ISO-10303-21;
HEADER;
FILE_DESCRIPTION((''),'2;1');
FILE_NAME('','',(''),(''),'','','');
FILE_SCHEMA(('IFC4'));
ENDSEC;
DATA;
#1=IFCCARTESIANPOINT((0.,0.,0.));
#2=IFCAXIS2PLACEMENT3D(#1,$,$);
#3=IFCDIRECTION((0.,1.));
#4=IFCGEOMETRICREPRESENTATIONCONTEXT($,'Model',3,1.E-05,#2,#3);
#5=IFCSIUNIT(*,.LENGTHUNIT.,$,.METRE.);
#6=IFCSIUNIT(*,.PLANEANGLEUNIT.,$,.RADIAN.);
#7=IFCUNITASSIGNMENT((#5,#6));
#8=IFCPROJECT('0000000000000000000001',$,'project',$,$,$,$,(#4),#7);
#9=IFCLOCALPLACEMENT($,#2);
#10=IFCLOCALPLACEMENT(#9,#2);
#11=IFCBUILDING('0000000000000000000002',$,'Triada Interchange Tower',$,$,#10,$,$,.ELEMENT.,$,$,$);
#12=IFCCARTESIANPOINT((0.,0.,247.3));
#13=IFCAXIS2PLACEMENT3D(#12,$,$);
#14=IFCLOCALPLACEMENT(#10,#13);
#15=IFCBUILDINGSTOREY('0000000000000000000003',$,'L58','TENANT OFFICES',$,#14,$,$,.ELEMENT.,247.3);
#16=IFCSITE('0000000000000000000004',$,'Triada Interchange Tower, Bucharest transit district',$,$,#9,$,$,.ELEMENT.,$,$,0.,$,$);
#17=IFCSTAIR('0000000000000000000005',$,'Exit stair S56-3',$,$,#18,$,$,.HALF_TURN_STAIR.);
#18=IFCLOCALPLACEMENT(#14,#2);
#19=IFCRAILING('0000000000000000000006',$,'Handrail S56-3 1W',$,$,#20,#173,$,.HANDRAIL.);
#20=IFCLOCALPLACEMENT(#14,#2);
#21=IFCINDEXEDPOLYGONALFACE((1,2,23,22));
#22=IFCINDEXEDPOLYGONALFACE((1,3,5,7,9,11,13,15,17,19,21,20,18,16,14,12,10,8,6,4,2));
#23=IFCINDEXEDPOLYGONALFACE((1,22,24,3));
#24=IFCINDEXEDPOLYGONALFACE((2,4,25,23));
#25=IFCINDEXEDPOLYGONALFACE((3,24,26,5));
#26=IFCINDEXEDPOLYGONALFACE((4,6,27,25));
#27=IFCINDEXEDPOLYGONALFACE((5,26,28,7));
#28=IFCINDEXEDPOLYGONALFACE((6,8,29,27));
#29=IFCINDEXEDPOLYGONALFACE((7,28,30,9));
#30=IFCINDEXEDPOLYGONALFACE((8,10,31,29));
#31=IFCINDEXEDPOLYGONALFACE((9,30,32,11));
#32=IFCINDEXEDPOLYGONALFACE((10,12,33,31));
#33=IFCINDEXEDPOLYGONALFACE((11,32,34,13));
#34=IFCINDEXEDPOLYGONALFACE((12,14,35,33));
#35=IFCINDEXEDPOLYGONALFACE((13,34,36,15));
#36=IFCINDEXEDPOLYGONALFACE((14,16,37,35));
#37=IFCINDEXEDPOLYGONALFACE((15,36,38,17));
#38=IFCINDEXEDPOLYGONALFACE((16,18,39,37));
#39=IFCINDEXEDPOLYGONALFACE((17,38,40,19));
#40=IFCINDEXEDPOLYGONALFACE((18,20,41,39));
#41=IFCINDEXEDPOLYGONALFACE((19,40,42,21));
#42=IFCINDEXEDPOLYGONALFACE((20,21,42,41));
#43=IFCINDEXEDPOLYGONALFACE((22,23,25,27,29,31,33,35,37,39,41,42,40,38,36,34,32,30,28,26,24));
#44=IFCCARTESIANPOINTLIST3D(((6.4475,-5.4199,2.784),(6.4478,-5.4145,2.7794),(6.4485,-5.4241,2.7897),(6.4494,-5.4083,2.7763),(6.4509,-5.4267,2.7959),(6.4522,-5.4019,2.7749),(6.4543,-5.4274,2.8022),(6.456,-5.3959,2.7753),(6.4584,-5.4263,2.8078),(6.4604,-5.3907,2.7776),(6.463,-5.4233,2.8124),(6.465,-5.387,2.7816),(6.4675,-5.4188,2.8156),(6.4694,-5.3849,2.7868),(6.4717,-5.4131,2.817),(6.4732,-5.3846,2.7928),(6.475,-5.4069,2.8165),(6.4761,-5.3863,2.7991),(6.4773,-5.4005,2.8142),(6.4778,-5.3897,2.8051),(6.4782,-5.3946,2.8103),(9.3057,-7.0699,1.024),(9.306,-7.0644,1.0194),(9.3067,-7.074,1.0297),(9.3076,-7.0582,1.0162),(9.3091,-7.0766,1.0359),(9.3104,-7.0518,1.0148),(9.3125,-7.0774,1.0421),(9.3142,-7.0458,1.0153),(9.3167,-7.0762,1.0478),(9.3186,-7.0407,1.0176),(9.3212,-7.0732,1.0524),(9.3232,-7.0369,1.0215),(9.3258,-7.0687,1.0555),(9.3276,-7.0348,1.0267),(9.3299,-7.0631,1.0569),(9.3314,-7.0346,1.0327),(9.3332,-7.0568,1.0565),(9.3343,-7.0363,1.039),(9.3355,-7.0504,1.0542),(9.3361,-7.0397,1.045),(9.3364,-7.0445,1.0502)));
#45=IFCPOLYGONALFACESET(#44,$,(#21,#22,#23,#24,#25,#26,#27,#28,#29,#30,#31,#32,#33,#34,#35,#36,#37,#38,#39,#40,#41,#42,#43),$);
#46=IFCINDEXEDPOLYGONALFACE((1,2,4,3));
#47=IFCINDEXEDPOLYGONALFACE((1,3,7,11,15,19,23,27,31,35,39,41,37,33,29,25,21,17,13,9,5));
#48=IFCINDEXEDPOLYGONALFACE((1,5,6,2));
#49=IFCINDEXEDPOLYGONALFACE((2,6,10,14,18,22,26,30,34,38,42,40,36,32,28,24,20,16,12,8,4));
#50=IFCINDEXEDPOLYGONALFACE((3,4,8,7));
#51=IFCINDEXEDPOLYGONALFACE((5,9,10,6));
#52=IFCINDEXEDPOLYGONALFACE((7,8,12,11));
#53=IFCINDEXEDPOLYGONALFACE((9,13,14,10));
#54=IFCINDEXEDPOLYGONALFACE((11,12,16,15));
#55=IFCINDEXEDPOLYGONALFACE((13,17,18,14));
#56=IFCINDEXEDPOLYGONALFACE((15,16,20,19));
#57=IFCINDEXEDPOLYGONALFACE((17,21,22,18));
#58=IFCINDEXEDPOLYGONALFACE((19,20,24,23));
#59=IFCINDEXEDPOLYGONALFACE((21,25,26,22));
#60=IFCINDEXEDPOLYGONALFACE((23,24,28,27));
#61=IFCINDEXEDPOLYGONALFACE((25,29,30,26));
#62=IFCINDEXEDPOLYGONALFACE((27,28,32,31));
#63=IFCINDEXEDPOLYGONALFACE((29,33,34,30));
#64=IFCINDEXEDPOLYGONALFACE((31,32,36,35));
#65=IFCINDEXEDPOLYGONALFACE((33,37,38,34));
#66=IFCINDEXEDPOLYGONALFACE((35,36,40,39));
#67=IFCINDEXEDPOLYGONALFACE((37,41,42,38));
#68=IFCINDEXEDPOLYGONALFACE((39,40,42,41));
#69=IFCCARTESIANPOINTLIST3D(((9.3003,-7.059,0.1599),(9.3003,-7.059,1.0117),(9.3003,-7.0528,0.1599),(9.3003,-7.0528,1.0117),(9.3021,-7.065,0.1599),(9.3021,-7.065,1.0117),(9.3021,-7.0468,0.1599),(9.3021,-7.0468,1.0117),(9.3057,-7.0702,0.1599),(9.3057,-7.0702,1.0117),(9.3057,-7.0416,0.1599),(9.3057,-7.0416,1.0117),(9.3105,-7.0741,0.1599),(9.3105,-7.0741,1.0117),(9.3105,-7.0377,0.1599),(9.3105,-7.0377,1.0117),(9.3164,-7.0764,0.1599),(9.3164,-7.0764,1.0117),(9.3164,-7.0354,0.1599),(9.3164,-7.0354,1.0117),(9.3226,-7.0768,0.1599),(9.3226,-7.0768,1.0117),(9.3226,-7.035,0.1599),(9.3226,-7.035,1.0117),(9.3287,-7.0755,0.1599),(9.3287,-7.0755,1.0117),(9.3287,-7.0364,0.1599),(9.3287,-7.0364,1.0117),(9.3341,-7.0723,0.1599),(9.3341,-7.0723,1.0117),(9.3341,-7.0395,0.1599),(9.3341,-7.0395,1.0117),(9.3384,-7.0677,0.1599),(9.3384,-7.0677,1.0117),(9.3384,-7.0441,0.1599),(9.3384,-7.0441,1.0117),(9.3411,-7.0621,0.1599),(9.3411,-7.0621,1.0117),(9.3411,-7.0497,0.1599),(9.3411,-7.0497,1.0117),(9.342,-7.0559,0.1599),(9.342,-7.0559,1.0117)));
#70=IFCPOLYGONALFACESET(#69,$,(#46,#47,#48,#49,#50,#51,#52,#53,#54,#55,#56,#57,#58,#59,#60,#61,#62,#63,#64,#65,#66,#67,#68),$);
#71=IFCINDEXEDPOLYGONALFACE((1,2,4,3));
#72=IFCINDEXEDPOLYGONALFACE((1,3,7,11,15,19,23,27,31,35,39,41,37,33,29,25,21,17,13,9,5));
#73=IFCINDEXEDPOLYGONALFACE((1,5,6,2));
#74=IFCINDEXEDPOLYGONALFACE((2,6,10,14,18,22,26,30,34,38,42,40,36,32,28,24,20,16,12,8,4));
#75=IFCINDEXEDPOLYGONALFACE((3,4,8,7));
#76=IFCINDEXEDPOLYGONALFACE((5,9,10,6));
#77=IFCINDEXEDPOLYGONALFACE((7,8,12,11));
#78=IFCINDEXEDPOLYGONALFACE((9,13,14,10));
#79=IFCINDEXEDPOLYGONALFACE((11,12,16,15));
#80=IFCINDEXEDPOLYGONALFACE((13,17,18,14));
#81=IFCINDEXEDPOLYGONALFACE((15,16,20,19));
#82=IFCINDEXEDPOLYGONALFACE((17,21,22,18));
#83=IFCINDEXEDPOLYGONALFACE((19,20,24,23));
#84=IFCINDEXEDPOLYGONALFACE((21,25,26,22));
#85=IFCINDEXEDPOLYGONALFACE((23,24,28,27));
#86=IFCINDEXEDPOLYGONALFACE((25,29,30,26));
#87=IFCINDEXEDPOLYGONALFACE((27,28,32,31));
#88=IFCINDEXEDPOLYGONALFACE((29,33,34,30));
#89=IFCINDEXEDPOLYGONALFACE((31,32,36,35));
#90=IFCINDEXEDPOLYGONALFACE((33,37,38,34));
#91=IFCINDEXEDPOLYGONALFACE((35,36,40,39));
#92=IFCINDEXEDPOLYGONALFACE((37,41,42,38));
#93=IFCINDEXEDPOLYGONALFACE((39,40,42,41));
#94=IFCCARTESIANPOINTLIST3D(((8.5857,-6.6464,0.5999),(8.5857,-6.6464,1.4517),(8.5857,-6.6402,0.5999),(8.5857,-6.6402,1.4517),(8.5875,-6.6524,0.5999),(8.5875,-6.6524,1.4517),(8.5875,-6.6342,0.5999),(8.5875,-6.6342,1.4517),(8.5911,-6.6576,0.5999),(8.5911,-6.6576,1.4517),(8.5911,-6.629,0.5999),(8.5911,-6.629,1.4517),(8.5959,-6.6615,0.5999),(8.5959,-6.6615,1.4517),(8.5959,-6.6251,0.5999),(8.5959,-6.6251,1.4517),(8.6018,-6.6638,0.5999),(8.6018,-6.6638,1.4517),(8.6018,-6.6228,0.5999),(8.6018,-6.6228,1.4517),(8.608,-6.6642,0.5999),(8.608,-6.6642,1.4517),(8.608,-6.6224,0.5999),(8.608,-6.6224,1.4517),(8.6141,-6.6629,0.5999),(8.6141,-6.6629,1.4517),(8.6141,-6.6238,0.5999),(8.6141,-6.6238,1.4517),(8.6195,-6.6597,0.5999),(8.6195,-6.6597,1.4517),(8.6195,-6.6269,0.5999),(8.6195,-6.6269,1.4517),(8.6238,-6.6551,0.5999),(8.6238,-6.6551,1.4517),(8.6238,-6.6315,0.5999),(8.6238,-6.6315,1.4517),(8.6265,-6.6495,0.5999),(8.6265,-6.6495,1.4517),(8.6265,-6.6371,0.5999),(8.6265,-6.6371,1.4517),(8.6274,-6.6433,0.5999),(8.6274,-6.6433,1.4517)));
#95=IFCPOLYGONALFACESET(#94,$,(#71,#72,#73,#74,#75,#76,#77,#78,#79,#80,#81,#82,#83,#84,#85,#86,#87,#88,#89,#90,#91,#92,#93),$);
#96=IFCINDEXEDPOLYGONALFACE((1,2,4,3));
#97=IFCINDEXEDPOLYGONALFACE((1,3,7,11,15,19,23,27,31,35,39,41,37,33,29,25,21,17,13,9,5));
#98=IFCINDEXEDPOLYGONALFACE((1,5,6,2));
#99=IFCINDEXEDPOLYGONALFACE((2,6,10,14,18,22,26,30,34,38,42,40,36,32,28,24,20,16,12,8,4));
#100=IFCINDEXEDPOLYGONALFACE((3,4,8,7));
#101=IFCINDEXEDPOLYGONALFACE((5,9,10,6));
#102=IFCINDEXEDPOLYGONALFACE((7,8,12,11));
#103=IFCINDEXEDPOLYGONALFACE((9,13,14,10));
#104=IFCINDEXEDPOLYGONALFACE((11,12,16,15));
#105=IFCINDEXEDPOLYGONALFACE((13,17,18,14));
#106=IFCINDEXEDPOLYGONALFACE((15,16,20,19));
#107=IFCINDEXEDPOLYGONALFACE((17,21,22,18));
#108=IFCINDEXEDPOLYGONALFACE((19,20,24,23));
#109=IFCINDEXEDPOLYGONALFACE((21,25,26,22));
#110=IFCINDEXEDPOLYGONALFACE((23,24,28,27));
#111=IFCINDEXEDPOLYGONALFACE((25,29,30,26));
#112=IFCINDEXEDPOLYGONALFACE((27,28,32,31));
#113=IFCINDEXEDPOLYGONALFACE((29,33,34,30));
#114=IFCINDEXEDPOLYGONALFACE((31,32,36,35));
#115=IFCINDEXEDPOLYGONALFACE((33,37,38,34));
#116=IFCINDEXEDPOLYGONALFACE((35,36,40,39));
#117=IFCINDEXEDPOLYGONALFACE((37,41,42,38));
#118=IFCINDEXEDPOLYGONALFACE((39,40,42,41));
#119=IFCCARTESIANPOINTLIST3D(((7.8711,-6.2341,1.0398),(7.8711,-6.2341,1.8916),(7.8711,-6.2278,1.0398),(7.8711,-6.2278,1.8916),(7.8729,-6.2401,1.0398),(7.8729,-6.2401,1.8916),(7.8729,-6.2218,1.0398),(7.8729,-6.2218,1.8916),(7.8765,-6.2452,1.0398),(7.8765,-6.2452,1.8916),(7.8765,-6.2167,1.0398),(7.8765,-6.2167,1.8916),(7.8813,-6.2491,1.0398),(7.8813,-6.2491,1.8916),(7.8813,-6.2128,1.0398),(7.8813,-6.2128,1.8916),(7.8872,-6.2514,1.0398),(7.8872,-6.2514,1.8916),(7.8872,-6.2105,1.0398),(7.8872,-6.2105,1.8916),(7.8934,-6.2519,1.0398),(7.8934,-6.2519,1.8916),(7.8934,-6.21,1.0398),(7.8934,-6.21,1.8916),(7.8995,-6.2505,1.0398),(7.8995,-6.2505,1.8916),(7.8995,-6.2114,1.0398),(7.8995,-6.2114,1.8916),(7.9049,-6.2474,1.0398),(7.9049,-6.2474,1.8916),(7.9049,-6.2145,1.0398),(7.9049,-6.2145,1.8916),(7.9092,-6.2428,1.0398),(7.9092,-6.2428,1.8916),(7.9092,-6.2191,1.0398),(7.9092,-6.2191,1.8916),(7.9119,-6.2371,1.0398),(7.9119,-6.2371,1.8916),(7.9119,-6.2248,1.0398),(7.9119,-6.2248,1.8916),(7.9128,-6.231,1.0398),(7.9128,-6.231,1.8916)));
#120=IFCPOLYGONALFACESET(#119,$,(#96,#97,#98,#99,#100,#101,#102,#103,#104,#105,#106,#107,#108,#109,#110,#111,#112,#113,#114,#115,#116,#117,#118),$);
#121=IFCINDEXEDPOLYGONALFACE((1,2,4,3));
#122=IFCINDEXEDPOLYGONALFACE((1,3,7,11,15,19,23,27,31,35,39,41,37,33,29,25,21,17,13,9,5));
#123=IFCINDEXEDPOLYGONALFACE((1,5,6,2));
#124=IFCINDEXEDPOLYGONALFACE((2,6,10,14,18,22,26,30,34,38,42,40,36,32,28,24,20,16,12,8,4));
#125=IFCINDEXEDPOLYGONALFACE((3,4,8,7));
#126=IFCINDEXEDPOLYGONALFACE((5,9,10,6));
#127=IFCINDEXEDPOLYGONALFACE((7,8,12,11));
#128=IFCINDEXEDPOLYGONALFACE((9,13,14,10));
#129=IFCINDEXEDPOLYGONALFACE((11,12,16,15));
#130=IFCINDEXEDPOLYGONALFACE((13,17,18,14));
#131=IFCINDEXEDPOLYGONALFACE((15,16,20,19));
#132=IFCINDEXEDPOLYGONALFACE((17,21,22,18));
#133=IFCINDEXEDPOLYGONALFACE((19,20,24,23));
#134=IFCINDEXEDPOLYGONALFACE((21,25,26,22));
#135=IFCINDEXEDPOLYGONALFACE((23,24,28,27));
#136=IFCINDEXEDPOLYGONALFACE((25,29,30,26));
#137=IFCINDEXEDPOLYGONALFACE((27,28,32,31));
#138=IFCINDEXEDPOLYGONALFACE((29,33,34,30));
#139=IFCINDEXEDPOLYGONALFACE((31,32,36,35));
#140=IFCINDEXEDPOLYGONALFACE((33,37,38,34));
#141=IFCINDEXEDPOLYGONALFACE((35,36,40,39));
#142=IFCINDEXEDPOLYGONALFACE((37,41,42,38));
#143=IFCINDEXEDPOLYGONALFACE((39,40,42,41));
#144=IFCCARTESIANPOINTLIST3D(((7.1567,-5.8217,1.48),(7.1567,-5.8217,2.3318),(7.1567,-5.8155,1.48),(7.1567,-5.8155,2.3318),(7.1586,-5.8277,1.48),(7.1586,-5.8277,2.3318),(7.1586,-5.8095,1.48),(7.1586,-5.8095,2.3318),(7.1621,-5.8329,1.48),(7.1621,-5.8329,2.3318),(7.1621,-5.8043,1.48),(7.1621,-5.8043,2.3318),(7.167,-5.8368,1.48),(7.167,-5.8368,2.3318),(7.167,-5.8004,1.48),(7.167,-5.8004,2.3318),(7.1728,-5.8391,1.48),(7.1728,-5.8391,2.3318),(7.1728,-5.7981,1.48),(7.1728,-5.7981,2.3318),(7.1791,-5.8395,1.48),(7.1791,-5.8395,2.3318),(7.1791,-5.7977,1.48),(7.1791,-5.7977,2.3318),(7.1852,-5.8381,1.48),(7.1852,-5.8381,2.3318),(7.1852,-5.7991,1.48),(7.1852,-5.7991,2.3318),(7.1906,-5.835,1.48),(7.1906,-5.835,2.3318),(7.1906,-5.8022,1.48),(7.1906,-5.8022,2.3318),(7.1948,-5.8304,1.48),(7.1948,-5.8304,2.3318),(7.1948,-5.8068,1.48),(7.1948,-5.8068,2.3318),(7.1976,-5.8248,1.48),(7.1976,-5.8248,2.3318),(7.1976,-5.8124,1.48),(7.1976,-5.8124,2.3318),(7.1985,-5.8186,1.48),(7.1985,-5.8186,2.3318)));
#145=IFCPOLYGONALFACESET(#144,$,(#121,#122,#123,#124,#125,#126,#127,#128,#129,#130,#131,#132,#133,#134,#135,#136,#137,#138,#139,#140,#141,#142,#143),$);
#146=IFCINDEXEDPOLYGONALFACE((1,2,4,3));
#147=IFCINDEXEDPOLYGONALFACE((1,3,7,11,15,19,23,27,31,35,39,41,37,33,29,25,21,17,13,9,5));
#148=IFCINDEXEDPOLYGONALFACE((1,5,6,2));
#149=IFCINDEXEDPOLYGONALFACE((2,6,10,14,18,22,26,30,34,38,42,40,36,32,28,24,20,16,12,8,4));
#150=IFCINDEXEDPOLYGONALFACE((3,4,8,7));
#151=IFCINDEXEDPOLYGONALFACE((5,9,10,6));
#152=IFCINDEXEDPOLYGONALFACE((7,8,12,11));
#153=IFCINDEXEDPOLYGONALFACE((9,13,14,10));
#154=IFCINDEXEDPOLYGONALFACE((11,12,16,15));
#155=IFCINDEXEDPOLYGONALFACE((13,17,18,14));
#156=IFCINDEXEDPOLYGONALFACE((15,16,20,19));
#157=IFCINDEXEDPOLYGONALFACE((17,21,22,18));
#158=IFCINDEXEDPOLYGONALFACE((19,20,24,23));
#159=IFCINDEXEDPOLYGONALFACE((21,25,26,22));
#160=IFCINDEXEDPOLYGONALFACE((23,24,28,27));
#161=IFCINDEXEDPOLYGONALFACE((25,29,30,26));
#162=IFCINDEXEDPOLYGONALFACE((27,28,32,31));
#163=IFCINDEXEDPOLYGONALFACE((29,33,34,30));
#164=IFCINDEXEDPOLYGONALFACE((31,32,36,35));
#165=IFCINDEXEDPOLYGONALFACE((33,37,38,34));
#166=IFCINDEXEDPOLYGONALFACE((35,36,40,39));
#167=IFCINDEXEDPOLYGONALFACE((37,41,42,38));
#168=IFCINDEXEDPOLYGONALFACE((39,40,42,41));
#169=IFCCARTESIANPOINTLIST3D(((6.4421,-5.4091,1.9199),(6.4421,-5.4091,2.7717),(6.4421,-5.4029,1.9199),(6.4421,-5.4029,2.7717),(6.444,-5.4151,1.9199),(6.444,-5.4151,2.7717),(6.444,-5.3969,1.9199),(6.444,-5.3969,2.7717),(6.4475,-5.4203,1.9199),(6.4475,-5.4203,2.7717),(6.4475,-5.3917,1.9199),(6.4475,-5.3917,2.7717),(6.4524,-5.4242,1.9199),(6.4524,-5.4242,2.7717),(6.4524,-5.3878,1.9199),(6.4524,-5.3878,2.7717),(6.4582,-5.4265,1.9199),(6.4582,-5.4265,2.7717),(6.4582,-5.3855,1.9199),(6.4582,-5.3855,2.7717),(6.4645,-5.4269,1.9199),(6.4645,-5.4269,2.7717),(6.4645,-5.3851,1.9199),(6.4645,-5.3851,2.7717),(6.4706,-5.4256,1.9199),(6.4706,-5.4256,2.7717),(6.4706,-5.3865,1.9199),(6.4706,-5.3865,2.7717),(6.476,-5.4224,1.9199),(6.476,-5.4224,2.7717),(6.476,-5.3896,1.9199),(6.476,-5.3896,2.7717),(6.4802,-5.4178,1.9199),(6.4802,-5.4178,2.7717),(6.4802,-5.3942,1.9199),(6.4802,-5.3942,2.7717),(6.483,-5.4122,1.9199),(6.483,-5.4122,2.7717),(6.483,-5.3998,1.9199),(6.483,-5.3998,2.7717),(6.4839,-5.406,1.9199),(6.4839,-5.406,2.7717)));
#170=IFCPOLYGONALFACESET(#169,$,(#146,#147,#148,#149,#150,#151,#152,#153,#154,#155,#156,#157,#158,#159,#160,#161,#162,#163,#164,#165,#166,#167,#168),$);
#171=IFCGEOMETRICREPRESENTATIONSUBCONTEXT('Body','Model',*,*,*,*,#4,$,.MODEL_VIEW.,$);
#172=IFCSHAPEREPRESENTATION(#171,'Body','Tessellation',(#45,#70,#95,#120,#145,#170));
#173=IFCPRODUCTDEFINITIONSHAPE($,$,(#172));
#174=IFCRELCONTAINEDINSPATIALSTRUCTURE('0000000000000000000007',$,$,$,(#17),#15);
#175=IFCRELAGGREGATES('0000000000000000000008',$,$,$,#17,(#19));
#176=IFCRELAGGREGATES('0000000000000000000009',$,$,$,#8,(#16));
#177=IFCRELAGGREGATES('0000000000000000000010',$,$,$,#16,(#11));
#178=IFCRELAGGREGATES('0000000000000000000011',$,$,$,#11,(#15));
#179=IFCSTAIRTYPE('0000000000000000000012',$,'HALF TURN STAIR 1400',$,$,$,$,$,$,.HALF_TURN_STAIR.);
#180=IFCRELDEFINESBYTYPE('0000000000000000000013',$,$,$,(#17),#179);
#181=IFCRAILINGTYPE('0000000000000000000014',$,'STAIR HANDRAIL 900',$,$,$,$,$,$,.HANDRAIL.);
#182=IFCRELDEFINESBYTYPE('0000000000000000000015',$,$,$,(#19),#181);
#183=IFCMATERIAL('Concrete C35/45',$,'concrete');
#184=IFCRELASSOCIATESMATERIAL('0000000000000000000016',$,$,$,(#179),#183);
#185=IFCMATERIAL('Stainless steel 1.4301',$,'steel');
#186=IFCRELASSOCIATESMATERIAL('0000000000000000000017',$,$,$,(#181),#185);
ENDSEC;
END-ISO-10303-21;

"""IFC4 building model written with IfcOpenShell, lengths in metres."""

from ifc_helpers import new_model, si_unit, direction, frame, origin, origin_2d, place, context, subcontext, project, spatial, circle, extrude, material, type_object, element, aggregate, save


model = new_model("IFC4")

# Units and contexts
model_context = context("Model", 3, precision=1e-05, world=origin(), true_north=direction((0.0, 1.0)))
body_context = subcontext(model_context, "Body", "Model", "MODEL_VIEW")
ifc_project = project(units=[si_unit("LENGTHUNIT", "METRE"), si_unit("PLANEANGLEUNIT", "RADIAN")], contexts=[model_context])

# Site, building, storey
site_placement = place(None, origin())
site = spatial("IfcSite", under=ifc_project, at=site_placement, Name="Triada Interchange Tower, Bucharest transit district", CompositionType="ELEMENT", RefElevation=0.0)
building_placement = place(site_placement, origin())
building = spatial("IfcBuilding", under=site, at=building_placement, Name="Triada Interchange Tower", CompositionType="ELEMENT")
storey_placement = place(building_placement, frame((0.0, 0.0, 247.3)))
storey = spatial("IfcBuildingStorey", under=building, at=storey_placement, Name="L58", Description="TENANT OFFICES", CompositionType="ELEMENT", Elevation=247.3)

# Stair, railing
ifc_material_1 = material(Name="Concrete C35/45", Category="concrete")
stair_type = type_object("IfcStairType", Name="HALF TURN STAIR 1400", PredefinedType="HALF_TURN_STAIR", material=ifc_material_1)
stair_placement = place(storey_placement, origin())
stair = element("IfcStair", 1, at=stair_placement, inside=storey, type_object=stair_type, Name="Exit stair S56-3", PredefinedType="HALF_TURN_STAIR")
ifc_material_2 = material(Name="Stainless steel 1.4301", Category="steel")
railing_type = type_object("IfcRailingType", Name="STAIR HANDRAIL 900", PredefinedType="HANDRAIL", material=ifc_material_2)
railing_1_placement = place(storey_placement, frame((9.321, -7.0559, 0.1599)))
railing_1 = element("IfcRailing", 2, at=railing_1_placement, type_object=railing_type, Name="Handrail S56-3 1W", PredefinedType="HANDRAIL", context=body_context, shape_type="SweptSolid", body=[
    extrude(circle(Radius=0.0239, at=origin_2d()), frame((0.0, 0.0, 0.876), z_axis=(-0.764178, 0.441131, 0.47057), x_axis=(-0.499942, -0.866059, 0.0)), (0.0, 0.0, 1.0), 3.7402),
    extrude(circle(Radius=0.021, at=origin_2d()), origin(), (0.0, 0.0, 1.0), 0.8518),
    extrude(circle(Radius=0.021, at=origin_2d()), frame((-0.7146, 0.4126, 0.4399)), (0.0, 0.0, 1.0), 0.8518),
    extrude(circle(Radius=0.021, at=origin_2d()), frame((-1.4292, 0.825, 0.8799)), (0.0, 0.0, 1.0), 0.8518),
    extrude(circle(Radius=0.021, at=origin_2d()), frame((-2.1436, 1.2373, 1.3201)), (0.0, 0.0, 1.0), 0.8518),
    extrude(circle(Radius=0.021, at=origin_2d()), frame((-2.8582, 1.6499, 1.76)), (0.0, 0.0, 1.0), 0.8518),
])
aggregate(stair, [railing_1])

save(model, "model.ifc")
